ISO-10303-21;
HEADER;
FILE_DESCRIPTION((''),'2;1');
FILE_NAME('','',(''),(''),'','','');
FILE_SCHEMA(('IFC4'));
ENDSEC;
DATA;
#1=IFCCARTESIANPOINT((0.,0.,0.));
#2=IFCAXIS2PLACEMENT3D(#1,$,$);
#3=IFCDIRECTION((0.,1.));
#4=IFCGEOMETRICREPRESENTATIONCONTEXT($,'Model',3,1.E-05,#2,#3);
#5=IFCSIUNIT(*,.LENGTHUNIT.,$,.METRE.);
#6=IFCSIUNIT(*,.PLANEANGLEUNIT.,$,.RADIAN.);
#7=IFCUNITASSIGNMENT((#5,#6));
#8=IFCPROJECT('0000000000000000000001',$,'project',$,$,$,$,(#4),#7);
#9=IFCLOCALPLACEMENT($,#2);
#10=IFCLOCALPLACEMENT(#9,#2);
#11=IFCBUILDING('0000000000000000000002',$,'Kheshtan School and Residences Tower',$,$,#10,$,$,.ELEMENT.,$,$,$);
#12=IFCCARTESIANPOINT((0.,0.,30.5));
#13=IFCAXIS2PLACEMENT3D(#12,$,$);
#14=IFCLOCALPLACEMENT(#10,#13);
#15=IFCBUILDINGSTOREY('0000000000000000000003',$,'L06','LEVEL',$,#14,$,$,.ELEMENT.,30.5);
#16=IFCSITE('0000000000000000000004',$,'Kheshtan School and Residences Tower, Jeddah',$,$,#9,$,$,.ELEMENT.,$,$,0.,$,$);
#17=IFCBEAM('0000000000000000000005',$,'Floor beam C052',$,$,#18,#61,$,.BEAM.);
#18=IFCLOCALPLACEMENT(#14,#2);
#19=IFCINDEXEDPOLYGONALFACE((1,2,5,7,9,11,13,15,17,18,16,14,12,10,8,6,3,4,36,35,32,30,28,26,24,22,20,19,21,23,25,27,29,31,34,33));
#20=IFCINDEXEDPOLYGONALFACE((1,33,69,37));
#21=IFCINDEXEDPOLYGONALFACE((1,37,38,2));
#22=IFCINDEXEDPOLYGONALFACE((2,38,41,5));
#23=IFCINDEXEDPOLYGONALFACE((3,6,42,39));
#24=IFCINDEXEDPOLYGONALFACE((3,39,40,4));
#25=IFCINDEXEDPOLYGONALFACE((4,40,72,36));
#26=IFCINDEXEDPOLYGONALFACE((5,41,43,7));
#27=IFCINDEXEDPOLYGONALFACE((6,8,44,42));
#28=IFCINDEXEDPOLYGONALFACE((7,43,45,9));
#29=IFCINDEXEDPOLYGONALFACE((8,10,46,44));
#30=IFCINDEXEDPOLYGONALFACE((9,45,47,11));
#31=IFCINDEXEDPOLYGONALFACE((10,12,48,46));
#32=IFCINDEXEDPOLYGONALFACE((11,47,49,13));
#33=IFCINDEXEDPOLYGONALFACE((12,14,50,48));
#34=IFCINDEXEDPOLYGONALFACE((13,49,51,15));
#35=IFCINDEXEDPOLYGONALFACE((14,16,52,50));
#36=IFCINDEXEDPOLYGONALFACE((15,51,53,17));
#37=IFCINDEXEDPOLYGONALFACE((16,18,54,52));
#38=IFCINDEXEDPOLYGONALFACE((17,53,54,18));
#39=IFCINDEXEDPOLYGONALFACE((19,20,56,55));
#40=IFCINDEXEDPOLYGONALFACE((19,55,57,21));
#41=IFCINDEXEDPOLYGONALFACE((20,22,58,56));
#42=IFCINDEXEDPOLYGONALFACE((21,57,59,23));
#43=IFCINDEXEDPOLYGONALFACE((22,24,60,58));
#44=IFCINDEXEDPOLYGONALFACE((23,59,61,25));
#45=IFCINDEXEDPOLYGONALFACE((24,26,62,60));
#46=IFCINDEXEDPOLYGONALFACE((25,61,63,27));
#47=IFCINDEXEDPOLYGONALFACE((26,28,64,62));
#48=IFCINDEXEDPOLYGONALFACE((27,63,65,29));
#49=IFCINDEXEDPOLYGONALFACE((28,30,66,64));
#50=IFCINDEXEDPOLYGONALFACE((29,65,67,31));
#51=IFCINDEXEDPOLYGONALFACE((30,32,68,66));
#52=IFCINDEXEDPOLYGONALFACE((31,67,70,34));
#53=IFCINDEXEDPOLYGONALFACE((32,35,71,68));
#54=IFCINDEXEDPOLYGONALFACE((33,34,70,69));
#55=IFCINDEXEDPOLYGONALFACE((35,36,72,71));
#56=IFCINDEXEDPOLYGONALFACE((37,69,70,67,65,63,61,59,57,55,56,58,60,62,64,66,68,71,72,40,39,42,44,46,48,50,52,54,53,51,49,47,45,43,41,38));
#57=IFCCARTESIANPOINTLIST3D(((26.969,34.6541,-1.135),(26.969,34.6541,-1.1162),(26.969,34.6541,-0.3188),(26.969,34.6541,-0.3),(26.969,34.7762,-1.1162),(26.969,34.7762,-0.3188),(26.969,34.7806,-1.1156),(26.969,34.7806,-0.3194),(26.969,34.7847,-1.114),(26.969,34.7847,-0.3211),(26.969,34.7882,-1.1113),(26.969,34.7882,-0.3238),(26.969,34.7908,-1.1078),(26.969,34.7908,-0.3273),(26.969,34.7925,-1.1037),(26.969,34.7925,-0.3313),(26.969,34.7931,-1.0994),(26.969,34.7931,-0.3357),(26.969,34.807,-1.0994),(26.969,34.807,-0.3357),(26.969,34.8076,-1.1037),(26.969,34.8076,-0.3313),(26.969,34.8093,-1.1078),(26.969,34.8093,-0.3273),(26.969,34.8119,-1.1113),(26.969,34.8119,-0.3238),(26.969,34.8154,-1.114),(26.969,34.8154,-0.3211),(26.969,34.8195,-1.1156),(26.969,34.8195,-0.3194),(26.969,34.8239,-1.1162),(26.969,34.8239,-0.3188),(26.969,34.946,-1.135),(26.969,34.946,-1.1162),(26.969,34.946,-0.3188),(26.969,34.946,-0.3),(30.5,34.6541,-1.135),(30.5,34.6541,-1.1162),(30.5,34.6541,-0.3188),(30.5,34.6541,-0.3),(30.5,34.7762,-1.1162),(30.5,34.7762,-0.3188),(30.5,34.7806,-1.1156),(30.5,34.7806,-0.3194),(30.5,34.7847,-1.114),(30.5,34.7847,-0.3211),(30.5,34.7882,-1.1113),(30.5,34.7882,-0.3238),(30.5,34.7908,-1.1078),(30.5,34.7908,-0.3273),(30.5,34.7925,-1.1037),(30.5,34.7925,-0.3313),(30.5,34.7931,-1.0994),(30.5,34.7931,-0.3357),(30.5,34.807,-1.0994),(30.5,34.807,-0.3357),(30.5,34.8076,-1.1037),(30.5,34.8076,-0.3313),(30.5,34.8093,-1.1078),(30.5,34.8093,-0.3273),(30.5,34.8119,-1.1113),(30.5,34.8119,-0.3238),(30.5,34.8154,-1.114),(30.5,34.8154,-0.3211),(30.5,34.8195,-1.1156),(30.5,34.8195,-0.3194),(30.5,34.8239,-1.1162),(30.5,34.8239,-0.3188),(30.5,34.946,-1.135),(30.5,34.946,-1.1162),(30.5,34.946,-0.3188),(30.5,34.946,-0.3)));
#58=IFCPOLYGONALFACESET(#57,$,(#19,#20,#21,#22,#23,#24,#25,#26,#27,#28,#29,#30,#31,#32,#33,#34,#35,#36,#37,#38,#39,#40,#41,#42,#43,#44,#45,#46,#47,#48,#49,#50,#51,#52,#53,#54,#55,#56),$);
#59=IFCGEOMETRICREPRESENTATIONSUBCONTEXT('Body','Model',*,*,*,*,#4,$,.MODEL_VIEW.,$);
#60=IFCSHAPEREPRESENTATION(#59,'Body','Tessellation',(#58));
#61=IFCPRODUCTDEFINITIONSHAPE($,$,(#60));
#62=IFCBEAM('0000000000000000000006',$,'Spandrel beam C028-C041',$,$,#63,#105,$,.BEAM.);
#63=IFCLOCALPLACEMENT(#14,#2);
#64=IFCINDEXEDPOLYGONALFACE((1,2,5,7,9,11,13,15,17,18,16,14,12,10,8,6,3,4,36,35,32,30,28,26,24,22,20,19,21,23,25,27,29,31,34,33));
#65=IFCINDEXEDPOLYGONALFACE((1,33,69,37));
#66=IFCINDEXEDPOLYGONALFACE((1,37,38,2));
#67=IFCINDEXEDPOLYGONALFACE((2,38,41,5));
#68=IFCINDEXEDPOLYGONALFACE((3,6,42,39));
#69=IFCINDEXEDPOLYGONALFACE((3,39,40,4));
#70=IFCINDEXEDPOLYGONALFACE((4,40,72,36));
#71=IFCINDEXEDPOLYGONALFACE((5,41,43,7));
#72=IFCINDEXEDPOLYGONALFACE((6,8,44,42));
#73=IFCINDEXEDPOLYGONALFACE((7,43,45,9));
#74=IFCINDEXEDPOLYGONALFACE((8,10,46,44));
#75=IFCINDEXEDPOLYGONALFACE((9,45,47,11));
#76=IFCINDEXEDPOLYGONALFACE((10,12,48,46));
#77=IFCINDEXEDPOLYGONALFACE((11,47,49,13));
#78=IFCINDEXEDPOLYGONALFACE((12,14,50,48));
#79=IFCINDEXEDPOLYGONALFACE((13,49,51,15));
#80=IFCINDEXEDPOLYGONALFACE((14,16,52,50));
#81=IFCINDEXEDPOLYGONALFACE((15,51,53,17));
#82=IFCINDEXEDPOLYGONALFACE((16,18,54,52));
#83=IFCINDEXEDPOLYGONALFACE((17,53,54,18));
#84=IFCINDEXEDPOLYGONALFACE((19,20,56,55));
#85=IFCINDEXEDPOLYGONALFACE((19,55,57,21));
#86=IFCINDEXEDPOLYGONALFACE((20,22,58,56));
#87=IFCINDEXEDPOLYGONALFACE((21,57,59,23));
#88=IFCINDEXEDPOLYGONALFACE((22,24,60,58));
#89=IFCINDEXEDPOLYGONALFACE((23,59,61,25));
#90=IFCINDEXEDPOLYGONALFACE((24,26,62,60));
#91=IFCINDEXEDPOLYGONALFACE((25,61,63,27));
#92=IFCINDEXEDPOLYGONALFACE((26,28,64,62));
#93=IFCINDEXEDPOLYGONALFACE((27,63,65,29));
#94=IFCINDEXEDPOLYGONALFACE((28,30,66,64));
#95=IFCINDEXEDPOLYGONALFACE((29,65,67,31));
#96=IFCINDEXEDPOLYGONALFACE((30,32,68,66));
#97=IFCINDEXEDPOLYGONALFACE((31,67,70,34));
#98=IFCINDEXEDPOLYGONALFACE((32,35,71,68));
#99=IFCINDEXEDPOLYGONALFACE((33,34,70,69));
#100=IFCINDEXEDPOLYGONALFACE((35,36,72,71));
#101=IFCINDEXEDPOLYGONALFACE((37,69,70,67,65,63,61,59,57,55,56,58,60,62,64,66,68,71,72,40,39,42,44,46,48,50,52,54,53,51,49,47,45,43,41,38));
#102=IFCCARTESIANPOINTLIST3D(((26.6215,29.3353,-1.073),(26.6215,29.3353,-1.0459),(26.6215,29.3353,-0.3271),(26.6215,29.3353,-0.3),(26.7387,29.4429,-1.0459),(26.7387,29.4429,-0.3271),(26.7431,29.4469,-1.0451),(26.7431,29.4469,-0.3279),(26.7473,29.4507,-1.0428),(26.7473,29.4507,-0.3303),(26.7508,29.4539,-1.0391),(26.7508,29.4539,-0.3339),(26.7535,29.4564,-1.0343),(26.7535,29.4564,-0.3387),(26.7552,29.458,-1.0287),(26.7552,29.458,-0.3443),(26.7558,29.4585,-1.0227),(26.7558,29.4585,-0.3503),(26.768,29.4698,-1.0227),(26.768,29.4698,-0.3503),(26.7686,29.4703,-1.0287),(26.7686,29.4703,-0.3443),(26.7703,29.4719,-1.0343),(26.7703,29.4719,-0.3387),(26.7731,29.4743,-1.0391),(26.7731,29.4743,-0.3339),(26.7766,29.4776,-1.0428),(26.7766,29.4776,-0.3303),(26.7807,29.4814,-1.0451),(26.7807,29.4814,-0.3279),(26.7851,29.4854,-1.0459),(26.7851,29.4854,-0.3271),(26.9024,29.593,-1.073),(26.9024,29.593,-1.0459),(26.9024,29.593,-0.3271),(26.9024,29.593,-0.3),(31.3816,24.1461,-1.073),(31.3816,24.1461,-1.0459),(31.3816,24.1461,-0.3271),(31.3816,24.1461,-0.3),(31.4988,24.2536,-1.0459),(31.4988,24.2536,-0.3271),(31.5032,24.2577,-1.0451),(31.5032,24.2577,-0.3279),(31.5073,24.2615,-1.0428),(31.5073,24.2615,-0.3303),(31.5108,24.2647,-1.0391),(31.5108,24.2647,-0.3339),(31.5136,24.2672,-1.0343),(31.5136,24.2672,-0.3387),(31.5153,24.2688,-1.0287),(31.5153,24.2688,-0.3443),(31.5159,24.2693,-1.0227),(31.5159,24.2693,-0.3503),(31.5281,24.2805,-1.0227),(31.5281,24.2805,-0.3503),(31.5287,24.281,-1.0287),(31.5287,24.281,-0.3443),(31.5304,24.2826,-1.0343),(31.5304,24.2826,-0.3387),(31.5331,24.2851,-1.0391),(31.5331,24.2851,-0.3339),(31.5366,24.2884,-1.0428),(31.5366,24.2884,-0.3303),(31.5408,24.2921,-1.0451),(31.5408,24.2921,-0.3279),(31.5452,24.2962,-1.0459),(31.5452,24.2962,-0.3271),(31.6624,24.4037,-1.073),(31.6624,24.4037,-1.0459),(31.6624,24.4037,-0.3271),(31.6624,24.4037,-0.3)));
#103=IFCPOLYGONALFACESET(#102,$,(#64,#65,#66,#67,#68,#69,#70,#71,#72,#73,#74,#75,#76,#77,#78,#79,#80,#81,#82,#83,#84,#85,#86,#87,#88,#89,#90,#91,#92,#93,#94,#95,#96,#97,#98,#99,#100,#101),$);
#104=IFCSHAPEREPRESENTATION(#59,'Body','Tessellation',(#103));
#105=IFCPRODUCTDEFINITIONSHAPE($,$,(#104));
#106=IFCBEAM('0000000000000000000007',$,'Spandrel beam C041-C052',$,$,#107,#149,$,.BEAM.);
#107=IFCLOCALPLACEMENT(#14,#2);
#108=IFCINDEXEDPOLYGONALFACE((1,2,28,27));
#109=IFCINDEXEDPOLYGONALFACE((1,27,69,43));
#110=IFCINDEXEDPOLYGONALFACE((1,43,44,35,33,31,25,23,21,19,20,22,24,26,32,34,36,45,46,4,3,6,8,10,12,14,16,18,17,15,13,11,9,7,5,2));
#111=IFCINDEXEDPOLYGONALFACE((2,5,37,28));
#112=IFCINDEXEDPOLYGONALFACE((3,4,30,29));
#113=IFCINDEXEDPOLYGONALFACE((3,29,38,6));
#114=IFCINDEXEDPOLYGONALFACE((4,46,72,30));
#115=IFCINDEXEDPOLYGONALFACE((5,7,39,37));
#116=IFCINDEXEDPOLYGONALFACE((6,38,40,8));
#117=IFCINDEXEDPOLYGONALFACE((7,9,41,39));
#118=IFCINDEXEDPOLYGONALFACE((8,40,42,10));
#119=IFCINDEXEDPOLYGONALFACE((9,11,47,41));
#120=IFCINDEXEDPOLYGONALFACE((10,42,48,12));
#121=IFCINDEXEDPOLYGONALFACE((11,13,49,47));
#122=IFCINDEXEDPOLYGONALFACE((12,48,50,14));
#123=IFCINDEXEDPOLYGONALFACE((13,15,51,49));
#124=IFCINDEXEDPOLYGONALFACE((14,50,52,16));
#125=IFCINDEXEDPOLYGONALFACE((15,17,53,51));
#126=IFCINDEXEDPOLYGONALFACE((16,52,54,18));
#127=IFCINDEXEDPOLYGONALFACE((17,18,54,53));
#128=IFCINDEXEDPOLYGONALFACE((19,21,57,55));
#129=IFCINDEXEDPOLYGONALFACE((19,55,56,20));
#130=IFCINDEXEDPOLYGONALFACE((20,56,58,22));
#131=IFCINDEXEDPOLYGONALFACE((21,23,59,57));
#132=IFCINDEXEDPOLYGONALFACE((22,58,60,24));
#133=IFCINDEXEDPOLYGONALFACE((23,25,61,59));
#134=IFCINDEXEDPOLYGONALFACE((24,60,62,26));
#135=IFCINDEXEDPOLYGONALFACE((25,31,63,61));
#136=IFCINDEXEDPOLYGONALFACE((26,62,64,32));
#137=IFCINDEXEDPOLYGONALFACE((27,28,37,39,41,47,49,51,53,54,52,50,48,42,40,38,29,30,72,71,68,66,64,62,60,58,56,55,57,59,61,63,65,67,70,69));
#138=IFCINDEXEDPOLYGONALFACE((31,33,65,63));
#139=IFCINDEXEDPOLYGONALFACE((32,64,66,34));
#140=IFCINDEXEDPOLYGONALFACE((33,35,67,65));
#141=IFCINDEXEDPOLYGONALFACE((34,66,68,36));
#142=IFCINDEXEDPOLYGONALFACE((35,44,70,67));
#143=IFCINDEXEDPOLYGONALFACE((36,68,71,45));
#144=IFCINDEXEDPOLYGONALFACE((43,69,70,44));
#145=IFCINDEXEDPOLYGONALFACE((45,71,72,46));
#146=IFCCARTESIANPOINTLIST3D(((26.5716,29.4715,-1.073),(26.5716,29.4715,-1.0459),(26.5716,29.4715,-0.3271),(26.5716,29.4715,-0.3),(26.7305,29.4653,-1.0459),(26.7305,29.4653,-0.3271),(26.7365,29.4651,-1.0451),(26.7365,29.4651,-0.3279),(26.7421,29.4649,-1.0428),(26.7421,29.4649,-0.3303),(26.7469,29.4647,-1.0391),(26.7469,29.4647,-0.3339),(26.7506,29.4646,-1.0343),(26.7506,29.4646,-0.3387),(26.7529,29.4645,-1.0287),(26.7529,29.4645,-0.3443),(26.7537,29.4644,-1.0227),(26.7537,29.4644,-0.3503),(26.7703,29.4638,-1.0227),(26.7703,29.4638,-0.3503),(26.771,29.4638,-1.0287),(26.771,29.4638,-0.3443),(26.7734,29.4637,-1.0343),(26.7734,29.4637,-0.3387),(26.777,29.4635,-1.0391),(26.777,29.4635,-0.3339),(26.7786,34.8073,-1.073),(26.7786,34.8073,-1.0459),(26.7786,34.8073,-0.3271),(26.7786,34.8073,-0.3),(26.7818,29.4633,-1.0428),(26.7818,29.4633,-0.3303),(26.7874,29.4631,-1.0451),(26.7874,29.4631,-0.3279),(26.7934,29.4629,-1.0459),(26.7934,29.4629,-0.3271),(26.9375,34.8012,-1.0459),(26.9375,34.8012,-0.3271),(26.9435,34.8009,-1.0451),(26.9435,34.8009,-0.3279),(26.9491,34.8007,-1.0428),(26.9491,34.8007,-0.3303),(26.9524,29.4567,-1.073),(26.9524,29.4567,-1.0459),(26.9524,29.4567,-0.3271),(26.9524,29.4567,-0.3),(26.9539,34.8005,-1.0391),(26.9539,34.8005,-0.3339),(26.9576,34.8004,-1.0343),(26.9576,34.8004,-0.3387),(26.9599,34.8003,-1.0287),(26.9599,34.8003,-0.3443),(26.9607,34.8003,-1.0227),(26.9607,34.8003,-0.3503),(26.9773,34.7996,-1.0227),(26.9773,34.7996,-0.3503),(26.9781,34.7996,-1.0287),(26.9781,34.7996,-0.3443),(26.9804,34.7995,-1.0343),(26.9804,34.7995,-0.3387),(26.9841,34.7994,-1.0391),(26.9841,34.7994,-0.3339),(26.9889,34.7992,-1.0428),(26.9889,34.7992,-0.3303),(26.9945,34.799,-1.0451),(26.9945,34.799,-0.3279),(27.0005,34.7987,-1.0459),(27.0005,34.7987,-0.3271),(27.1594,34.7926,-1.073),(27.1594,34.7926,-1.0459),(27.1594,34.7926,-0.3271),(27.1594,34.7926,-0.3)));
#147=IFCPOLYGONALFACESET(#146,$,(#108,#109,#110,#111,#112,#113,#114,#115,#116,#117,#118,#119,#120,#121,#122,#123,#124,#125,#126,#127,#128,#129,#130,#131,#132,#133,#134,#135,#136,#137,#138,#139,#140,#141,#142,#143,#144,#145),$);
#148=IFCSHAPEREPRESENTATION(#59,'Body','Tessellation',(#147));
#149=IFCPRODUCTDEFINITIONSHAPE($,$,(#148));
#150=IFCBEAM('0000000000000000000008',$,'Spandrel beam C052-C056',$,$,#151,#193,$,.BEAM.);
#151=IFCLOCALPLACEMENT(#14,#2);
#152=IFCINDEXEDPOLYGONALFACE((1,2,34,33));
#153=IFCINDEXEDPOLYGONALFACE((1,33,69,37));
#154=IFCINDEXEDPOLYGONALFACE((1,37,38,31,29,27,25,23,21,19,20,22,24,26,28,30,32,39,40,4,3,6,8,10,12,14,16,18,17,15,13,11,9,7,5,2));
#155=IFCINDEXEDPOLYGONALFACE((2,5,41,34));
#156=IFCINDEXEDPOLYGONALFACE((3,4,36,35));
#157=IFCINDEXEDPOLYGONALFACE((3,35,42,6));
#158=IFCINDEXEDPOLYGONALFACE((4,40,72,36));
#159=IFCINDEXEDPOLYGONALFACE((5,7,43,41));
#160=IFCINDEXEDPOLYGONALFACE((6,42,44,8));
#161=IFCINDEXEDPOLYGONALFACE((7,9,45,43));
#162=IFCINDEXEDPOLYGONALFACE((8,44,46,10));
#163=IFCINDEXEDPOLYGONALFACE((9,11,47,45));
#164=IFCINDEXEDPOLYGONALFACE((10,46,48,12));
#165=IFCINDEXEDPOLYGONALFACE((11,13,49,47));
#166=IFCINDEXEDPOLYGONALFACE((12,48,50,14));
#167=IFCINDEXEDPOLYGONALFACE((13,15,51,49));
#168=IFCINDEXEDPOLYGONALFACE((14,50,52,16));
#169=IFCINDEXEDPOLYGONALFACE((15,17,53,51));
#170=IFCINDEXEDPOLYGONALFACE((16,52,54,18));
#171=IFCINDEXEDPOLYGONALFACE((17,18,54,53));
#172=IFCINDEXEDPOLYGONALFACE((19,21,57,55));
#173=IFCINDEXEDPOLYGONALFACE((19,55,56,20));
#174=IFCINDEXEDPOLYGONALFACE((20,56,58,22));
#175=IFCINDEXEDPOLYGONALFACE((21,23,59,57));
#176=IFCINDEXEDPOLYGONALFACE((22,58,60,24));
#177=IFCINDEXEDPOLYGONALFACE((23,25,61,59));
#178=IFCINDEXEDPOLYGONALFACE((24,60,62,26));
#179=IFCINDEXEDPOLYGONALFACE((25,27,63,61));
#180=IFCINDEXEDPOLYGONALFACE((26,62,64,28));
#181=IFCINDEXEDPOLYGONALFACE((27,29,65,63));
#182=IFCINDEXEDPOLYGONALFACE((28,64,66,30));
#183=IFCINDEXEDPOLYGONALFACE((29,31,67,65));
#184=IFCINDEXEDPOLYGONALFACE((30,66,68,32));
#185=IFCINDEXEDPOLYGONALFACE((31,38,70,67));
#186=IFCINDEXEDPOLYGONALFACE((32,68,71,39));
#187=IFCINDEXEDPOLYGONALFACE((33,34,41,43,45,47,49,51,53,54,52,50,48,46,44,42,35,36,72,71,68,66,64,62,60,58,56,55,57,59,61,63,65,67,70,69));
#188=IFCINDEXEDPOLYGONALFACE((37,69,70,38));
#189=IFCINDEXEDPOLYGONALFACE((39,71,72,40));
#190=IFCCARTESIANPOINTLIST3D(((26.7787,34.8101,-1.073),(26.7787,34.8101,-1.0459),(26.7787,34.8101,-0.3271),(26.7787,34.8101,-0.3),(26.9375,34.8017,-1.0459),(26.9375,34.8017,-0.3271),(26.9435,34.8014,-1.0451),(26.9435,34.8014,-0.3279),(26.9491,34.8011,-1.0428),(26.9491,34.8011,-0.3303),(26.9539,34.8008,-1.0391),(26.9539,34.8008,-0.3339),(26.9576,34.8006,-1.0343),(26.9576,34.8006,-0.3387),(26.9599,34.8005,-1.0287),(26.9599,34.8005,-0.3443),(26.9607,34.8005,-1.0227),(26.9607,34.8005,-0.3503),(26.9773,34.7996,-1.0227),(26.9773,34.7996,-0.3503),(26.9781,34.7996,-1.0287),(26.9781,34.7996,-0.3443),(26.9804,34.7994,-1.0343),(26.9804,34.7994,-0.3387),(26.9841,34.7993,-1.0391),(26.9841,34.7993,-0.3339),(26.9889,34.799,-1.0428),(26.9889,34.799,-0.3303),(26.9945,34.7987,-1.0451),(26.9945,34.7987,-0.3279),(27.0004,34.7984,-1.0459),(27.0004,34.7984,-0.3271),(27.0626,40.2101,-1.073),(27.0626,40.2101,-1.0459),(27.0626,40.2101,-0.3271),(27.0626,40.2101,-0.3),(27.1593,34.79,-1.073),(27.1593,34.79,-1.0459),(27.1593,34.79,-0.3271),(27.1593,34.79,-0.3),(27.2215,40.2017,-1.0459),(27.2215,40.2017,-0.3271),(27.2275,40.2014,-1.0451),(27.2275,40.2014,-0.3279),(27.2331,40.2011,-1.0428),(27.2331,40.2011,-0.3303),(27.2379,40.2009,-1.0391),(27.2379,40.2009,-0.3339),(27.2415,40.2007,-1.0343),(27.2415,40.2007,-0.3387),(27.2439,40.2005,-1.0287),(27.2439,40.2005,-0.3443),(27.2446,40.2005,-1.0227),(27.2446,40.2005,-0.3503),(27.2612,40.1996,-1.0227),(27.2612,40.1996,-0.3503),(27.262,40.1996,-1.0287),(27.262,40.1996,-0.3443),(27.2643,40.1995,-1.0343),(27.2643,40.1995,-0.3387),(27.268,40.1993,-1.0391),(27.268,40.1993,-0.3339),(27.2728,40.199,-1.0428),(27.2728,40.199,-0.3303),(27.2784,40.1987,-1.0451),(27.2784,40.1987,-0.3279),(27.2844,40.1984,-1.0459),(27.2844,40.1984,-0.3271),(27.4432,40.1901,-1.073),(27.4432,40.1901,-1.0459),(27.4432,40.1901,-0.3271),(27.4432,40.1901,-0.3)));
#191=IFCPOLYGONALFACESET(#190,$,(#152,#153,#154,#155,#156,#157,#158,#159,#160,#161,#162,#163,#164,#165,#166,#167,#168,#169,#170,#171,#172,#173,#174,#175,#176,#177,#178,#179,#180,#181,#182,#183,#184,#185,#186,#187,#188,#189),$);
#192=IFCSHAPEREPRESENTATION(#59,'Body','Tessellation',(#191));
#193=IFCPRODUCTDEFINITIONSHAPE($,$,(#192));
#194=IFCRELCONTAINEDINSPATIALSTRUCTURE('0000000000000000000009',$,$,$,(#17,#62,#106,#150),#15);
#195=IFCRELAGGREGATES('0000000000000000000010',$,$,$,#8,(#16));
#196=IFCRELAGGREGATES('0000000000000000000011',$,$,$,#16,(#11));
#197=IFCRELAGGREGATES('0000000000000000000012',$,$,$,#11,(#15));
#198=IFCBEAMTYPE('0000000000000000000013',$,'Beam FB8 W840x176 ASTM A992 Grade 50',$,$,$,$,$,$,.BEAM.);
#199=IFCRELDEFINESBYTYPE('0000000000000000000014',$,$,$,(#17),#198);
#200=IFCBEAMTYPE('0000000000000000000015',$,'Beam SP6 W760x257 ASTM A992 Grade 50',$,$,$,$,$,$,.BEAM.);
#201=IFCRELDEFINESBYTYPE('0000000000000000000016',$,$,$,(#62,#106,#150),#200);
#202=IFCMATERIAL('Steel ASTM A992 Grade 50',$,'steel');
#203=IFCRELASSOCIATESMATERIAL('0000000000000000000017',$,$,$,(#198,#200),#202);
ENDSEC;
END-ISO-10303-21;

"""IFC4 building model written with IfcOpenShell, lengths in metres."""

from ifc_helpers import new_model, si_unit, direction, frame, origin, origin_2d, place, context, subcontext, project, spatial, i_section, extrude, material, material_profile, profile_set, type_object, element, save


model = new_model("IFC4")

# Units and contexts
model_context = context("Model", 3, precision=1e-05, world=origin(), true_north=direction((0.0, 1.0)))
body_context = subcontext(model_context, "Body", "Model", "MODEL_VIEW")
ifc_project = project(units=[si_unit("LENGTHUNIT", "METRE"), si_unit("PLANEANGLEUNIT", "RADIAN")], contexts=[model_context])

# Site, building, storey
site_placement = place(None, origin())
site = spatial("IfcSite", under=ifc_project, at=site_placement, Name="Kheshtan School and Residences Tower, Jeddah", CompositionType="ELEMENT", RefElevation=0.0)
building_placement = place(site_placement, origin())
building = spatial("IfcBuilding", under=site, at=building_placement, Name="Kheshtan School and Residences Tower", CompositionType="ELEMENT")
storey_placement = place(building_placement, frame((0.0, 0.0, 30.5)))
storey = spatial("IfcBuildingStorey", under=building, at=storey_placement, Name="L06", Description="LEVEL", CompositionType="ELEMENT", Elevation=30.5)

# Shared definitions
ifc_material_1 = material(Name="Steel ASTM A992 Grade 50", Category="steel")

# Beams
ifc_material_profile_1 = material_profile(ifc_material_1, i_section(OverallWidth=0.292, OverallDepth=0.835, WebThickness=0.0139, FlangeThickness=0.0188, FilletRadius=0.0168, at=origin_2d()), Name="W840x176")
ifc_profile_set_1 = profile_set([ifc_material_profile_1], Name="Steel ASTM A992 Grade 50")
beam_type_1 = type_object("IfcBeamType", Name="Beam FB8 W840x176 ASTM A992 Grade 50", PredefinedType="BEAM", material=ifc_profile_set_1)
beam_1_placement = place(storey_placement, frame((26.969, 34.8, -0.7175), z_axis=(1.0, 0.0, 0.0), x_axis=(0.0, 1.0, 0.0)))
element("IfcBeam", 1, at=beam_1_placement, inside=storey, type_object=beam_type_1, Name="Floor beam C052", PredefinedType="BEAM", context=body_context, shape_type="SweptSolid", body=[
    extrude(i_section(OverallWidth=0.292, OverallDepth=0.835, WebThickness=0.0139, FlangeThickness=0.0188, FilletRadius=0.0168, at=origin_2d()), origin(), (0.0, 0.0, 1.0), 3.531),
])
ifc_material_profile_2 = material_profile(ifc_material_1, i_section(OverallWidth=0.3811, OverallDepth=0.7729, WebThickness=0.0166, FlangeThickness=0.0271, FilletRadius=0.0232, at=origin_2d()), Name="W760x257")
ifc_profile_set_2 = profile_set([ifc_material_profile_2], Name="Steel ASTM A992 Grade 50")
beam_type_2 = type_object("IfcBeamType", Name="Beam SP6 W760x257 ASTM A992 Grade 50", PredefinedType="BEAM", material=ifc_profile_set_2)
beam_2_placement = place(storey_placement, frame((31.522, 24.2749, -0.6865), z_axis=(-0.675974, 0.736925, 0.0), x_axis=(-0.736925, -0.675974, 0.0)))
element("IfcBeam", 2, at=beam_2_placement, inside=storey, type_object=beam_type_2, Name="Spandrel beam C028-C041", PredefinedType="BEAM", context=body_context, shape_type="SweptSolid", body=[
    extrude(i_section(OverallWidth=0.3811, OverallDepth=0.7729, WebThickness=0.0166, FlangeThickness=0.0271, FilletRadius=0.0232, at=origin_2d()), origin(), (0.0, 0.0, 1.0), 7.0417),
])
beam_3_placement = place(storey_placement, frame((26.762, 29.4641, -0.6865), z_axis=(0.03877, 0.999248, 0.0), x_axis=(-0.999248, 0.03877, 0.0)))
element("IfcBeam", 3, at=beam_3_placement, inside=storey, type_object=beam_type_2, Name="Spandrel beam C041-C052", PredefinedType="BEAM", context=body_context, shape_type="SweptSolid", body=[
    extrude(i_section(OverallWidth=0.3811, OverallDepth=0.7729, WebThickness=0.0166, FlangeThickness=0.0271, FilletRadius=0.0232, at=origin_2d()), origin(), (0.0, 0.0, 1.0), 5.3398),
])
beam_4_placement = place(storey_placement, frame((26.969, 34.8, -0.6865), z_axis=(0.052509, 0.99862, 0.0), x_axis=(-0.99862, 0.052509, 0.0)))
element("IfcBeam", 4, at=beam_4_placement, inside=storey, type_object=beam_type_2, Name="Spandrel beam C052-C056", PredefinedType="BEAM", context=body_context, shape_type="SweptSolid", body=[
    extrude(i_section(OverallWidth=0.3811, OverallDepth=0.7729, WebThickness=0.0166, FlangeThickness=0.0271, FilletRadius=0.0232, at=origin_2d()), origin(), (0.0, 0.0, 1.0), 5.4075),
])

save(model, "model.ifc")
